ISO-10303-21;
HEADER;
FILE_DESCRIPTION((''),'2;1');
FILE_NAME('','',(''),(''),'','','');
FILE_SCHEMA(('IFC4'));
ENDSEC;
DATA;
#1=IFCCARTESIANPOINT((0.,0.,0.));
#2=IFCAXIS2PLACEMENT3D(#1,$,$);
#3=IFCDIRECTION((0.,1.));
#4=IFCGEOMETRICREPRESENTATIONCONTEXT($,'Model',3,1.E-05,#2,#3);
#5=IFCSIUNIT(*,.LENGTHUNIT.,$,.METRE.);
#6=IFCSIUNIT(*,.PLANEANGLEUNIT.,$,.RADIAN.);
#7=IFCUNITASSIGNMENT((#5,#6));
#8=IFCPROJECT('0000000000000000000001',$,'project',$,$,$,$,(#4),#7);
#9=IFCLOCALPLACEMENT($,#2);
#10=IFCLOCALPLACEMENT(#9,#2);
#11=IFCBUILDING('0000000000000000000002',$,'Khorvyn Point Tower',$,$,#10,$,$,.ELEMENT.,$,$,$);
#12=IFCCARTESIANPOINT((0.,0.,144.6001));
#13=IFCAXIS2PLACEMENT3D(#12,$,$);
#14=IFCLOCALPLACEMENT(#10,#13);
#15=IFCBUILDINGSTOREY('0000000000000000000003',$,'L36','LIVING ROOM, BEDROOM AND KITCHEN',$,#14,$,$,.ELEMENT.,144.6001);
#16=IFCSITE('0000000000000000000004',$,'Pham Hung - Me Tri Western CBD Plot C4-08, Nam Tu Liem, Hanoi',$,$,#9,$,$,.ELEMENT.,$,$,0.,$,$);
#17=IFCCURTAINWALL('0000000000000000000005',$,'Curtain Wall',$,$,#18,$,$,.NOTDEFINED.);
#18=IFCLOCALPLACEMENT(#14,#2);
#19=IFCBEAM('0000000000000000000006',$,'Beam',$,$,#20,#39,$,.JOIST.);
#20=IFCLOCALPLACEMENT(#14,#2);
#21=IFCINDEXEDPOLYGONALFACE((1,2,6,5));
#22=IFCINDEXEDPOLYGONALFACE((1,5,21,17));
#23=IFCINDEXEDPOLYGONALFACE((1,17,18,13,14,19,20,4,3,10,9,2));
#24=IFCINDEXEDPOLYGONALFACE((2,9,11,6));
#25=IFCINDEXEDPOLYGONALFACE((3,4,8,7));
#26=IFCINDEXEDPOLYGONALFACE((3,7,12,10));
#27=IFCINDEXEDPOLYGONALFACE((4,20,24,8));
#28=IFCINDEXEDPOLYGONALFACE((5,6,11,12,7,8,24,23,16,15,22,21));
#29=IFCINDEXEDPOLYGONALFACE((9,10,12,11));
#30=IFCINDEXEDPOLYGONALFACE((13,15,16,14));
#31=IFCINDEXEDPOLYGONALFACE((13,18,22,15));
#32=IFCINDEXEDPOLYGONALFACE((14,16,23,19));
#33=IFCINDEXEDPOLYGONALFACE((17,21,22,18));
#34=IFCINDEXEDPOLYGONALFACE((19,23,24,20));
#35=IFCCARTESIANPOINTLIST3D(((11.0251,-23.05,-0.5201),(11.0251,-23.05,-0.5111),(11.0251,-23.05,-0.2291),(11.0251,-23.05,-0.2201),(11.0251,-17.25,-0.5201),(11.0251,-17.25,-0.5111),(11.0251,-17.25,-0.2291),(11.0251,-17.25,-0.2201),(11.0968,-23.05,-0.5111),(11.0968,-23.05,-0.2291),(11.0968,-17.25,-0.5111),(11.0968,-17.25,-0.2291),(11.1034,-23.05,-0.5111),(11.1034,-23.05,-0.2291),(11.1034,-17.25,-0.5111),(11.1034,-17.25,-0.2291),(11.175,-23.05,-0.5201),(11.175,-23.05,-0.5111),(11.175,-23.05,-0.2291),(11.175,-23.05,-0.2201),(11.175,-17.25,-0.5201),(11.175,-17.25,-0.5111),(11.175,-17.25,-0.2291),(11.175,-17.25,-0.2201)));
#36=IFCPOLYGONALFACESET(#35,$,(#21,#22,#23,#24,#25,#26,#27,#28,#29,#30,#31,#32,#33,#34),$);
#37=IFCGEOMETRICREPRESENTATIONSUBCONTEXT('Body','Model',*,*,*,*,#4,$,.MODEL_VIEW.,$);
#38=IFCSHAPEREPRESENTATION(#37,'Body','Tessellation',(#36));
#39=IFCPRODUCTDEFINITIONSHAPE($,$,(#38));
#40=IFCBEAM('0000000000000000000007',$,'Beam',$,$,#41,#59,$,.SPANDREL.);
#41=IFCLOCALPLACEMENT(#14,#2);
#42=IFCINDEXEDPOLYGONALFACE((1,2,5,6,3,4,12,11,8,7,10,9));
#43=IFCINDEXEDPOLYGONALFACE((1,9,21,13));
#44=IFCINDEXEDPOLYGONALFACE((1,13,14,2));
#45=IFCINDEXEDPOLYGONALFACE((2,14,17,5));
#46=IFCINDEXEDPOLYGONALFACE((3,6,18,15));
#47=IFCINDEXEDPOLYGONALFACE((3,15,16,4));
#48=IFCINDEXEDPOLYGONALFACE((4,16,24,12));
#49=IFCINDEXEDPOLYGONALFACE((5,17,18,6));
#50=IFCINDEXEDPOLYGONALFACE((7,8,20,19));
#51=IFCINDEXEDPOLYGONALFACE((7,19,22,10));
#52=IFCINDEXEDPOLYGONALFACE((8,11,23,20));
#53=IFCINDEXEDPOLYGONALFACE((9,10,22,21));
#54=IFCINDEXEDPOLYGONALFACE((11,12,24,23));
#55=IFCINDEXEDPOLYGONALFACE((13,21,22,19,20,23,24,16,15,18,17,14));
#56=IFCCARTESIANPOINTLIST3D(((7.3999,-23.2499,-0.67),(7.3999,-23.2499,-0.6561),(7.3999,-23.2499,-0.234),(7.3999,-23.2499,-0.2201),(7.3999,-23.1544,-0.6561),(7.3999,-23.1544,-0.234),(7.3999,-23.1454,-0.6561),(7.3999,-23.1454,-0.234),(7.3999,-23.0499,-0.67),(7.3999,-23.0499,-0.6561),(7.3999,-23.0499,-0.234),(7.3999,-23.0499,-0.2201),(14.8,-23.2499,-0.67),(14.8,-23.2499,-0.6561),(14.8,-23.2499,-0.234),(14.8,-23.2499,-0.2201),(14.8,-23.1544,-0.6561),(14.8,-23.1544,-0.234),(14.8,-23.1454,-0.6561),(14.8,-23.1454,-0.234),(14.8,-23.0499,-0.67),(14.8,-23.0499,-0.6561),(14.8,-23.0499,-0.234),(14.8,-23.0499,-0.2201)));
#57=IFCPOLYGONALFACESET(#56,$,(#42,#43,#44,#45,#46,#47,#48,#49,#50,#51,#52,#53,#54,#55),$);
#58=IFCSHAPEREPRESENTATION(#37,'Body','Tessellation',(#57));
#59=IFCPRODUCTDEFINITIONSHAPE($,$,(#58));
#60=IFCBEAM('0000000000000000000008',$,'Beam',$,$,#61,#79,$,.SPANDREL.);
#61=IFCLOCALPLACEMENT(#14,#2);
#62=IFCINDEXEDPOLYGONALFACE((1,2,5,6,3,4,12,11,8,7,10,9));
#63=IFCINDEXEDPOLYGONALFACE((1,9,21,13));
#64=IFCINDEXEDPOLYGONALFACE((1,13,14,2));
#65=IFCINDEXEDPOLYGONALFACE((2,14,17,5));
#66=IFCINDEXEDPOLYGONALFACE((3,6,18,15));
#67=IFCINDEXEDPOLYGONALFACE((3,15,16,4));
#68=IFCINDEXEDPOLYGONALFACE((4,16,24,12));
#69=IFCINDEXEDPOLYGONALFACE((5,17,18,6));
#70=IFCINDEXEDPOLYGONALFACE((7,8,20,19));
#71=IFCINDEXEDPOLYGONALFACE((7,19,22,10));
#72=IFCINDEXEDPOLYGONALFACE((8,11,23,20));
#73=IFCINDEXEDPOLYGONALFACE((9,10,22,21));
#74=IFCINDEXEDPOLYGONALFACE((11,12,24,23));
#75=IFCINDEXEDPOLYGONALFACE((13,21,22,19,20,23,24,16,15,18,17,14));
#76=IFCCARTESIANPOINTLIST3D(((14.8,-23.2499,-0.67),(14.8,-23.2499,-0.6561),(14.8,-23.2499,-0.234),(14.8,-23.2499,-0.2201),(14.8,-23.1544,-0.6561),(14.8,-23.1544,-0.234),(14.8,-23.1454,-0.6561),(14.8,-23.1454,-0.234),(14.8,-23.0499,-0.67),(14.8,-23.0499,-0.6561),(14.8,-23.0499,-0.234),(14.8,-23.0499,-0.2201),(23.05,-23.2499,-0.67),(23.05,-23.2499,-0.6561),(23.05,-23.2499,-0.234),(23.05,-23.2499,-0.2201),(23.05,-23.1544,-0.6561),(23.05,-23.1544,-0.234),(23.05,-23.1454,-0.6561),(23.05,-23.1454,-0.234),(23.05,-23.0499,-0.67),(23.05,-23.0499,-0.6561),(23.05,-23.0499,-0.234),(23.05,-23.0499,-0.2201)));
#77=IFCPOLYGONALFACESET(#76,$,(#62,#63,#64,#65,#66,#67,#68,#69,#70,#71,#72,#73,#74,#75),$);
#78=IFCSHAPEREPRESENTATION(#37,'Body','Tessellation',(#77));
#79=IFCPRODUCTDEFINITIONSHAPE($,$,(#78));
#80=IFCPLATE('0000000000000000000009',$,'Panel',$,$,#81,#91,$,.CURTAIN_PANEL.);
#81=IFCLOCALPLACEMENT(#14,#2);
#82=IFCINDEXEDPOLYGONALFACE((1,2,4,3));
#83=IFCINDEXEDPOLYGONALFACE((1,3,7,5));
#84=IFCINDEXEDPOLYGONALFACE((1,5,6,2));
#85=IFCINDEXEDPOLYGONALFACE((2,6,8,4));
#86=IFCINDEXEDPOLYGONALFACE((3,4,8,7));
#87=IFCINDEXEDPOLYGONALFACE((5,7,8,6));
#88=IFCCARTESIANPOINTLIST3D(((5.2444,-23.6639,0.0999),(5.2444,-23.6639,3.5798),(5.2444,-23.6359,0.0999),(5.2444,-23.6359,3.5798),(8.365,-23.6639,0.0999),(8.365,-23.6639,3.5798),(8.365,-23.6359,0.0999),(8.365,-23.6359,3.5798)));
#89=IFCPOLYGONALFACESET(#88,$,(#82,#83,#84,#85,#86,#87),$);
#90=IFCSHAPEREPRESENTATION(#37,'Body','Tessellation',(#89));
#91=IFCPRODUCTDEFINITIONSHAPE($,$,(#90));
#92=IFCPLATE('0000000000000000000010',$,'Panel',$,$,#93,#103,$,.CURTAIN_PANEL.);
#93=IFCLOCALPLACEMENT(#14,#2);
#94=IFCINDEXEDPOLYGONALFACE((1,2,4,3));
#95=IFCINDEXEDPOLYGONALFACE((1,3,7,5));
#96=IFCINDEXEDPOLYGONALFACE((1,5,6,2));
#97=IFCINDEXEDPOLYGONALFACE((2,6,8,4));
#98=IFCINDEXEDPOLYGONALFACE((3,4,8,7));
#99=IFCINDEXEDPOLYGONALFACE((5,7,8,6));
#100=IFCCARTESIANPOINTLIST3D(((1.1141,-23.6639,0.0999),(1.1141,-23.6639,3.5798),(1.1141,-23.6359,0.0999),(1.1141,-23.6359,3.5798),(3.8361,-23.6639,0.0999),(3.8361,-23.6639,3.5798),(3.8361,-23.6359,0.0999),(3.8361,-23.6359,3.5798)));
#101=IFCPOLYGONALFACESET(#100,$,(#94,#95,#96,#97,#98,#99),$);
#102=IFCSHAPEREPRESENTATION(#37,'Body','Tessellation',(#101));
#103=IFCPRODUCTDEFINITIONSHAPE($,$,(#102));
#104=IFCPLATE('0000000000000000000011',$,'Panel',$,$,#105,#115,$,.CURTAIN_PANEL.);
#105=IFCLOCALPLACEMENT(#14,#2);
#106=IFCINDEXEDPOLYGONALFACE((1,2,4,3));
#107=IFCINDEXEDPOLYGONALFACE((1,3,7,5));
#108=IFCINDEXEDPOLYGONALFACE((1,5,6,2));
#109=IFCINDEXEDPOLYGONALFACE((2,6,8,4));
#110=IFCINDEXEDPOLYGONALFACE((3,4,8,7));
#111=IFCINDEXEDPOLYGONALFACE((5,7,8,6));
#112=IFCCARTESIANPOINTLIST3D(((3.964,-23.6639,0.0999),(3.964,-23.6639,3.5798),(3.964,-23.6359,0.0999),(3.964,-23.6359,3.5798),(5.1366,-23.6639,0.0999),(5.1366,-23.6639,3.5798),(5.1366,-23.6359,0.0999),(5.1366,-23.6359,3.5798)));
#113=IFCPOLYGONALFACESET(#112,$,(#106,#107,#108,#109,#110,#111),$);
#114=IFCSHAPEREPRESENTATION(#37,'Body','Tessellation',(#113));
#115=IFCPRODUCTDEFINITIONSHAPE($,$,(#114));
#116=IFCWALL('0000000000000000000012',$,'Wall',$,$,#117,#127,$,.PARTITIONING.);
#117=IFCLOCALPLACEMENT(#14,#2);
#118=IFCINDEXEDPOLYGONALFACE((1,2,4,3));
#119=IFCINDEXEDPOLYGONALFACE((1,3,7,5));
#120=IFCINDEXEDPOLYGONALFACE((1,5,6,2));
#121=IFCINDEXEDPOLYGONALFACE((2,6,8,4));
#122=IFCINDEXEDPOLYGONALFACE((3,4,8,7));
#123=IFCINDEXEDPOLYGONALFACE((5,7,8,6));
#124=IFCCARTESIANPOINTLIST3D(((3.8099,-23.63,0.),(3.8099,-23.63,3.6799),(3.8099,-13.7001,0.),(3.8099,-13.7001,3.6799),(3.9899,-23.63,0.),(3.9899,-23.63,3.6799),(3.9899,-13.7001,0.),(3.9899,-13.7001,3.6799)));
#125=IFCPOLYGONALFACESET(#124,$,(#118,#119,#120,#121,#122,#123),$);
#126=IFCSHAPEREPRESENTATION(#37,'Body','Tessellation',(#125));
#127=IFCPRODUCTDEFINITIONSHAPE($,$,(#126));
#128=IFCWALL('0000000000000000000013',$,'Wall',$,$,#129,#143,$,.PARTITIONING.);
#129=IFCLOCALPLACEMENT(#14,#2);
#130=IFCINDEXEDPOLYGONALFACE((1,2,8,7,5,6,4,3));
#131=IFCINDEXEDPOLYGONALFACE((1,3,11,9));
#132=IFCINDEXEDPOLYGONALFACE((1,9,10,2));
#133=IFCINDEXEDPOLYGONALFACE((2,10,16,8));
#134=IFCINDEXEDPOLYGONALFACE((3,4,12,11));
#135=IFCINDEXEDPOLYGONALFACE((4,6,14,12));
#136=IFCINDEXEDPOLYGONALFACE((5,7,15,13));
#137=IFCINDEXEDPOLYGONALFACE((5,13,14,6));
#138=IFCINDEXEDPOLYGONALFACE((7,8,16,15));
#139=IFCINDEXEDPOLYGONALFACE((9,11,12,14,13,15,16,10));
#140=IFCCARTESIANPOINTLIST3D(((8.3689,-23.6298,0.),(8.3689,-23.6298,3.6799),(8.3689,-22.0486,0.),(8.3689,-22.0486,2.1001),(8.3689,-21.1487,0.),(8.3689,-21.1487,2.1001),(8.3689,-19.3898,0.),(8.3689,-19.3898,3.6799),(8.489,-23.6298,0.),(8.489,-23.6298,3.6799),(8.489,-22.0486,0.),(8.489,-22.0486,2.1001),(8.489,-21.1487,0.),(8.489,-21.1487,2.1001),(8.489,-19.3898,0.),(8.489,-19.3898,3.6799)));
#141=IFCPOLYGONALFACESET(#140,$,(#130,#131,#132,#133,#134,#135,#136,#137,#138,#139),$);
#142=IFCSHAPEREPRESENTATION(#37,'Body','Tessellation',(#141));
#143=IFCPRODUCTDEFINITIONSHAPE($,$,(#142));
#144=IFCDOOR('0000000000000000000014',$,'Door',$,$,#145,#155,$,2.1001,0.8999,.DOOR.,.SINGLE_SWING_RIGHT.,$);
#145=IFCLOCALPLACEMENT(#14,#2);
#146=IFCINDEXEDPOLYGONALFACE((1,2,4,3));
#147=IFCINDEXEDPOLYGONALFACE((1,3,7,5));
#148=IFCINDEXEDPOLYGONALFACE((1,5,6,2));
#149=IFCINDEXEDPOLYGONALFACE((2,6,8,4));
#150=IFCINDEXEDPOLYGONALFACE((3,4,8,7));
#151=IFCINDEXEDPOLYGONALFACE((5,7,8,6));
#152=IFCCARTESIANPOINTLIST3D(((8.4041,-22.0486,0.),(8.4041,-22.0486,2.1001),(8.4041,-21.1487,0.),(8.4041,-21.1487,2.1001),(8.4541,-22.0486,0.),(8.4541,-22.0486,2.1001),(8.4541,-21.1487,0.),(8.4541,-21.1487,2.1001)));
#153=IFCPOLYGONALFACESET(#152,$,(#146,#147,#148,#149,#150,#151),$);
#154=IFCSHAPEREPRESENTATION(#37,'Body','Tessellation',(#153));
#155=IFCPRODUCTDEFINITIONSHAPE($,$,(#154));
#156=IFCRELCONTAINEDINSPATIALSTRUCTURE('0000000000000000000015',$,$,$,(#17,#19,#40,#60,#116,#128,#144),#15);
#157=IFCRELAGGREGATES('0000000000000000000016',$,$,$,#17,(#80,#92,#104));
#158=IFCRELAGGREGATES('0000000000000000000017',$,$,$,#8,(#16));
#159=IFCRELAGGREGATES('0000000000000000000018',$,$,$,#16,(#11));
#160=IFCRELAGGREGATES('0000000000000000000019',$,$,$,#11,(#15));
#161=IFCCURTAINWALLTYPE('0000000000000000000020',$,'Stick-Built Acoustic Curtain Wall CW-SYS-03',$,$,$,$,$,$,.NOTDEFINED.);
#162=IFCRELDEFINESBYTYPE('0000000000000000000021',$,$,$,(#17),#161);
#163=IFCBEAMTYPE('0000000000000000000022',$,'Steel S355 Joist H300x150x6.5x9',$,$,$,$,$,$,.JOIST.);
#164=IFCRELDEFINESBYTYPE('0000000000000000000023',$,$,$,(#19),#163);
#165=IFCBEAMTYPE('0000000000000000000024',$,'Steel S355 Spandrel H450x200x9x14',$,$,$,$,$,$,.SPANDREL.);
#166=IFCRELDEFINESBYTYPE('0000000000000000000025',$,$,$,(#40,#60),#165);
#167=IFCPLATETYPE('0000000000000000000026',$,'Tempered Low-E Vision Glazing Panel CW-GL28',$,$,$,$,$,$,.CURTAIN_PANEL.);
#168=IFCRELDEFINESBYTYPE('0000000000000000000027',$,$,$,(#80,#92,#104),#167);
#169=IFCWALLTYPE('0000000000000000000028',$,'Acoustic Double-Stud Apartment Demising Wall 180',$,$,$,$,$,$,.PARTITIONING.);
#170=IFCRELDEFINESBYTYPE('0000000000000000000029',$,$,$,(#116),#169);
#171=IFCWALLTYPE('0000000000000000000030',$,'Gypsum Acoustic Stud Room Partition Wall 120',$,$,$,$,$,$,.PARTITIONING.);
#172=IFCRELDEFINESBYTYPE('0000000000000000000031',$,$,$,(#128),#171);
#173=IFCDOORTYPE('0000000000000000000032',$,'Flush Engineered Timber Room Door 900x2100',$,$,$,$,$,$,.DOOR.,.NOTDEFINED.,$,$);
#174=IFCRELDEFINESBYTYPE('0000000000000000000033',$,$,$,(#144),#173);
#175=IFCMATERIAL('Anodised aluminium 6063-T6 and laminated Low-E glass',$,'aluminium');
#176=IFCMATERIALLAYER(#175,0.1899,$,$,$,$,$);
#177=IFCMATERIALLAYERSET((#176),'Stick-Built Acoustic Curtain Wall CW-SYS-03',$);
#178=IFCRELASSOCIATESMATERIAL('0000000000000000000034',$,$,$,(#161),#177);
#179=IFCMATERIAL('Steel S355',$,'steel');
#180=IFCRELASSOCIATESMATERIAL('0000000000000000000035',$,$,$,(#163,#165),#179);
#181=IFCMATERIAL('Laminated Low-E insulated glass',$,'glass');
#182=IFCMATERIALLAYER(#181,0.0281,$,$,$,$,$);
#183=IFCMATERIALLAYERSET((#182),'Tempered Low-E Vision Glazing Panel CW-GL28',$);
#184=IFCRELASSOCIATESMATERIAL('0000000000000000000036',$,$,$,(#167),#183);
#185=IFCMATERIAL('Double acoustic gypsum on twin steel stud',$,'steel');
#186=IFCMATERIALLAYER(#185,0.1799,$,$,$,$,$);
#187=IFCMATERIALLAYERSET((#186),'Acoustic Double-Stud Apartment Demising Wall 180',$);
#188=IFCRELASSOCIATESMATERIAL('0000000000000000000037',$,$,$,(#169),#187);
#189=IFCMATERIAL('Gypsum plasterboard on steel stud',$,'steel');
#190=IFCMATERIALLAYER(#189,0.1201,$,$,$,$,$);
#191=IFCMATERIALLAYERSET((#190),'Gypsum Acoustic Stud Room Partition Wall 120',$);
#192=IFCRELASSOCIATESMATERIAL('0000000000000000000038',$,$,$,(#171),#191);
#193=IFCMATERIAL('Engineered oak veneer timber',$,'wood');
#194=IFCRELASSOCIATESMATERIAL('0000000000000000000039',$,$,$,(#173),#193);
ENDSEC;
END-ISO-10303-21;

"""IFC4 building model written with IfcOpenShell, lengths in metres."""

from ifc_helpers import new_model, si_unit, direction, frame, frame_2d, origin, origin_2d, place, context, subcontext, project, spatial, rectangle, i_section, extrude, material, layer, layer_set, material_profile, profile_set, type_object, element, fill, aggregate, save


model = new_model("IFC4")

# Units and contexts
model_context = context("Model", 3, precision=1e-05, world=origin(), true_north=direction((0.0, 1.0)))
body_context = subcontext(model_context, "Body", "Model", "MODEL_VIEW")
ifc_project = project(units=[si_unit("LENGTHUNIT", "METRE"), si_unit("PLANEANGLEUNIT", "RADIAN")], contexts=[model_context])

# Site, building, storey
site_placement = place(None, origin())
site = spatial("IfcSite", under=ifc_project, at=site_placement, Name="Pham Hung - Me Tri Western CBD Plot C4-08, Nam Tu Liem, Hanoi", CompositionType="ELEMENT", RefElevation=0.0)
building_placement = place(site_placement, origin())
building = spatial("IfcBuilding", under=site, at=building_placement, Name="Khorvyn Point Tower", CompositionType="ELEMENT")
storey_placement = place(building_placement, frame((0.0, 0.0, 144.6001)))
storey = spatial("IfcBuildingStorey", under=building, at=storey_placement, Name="L36", Description="LIVING ROOM, BEDROOM AND KITCHEN", CompositionType="ELEMENT", Elevation=144.6001)

# Curtain wall
ifc_material_1 = material(Name="Anodised aluminium 6063-T6 and laminated Low-E glass", Category="aluminium")
ifc_layer_1 = layer(ifc_material_1, 0.1899)
ifc_layer_set_1 = layer_set([ifc_layer_1], Name="Stick-Built Acoustic Curtain Wall CW-SYS-03")
curtain_wall_type = type_object("IfcCurtainWallType", Name="Stick-Built Acoustic Curtain Wall CW-SYS-03", PredefinedType="NOTDEFINED", material=ifc_layer_set_1)
curtain_wall_placement = place(storey_placement, origin())
curtain_wall = element("IfcCurtainWall", 1, at=curtain_wall_placement, inside=storey, type_object=curtain_wall_type, Name="Curtain Wall", PredefinedType="NOTDEFINED")

# Beams
ifc_material_2 = material(Name="Steel S355", Category="steel")
ifc_material_profile_1 = material_profile(ifc_material_2, i_section(OverallWidth=0.1499, OverallDepth=0.3, WebThickness=0.0066, FlangeThickness=0.009, at=origin_2d()))
ifc_profile_set_1 = profile_set([ifc_material_profile_1], Name="Steel S355 H300x150x6.5x9")
beam_type_1 = type_object("IfcBeamType", Name="Steel S355 Joist H300x150x6.5x9", PredefinedType="JOIST", material=ifc_profile_set_1)
beam_1_placement = place(storey_placement, frame((11.1001, -23.05, -0.3701), z_axis=(0.0, 1.0, 0.0), x_axis=(-1.0, 0.0, 0.0)))
element("IfcBeam", 2, at=beam_1_placement, inside=storey, type_object=beam_type_1, Name="Beam", PredefinedType="JOIST", context=body_context, shape_type="SweptSolid", body=[
    extrude(i_section(OverallWidth=0.1499, OverallDepth=0.3, WebThickness=0.0066, FlangeThickness=0.009, at=origin_2d()), origin(), (0.0, 0.0, 1.0), 5.8),
])
ifc_material_profile_2 = material_profile(ifc_material_2, i_section(OverallWidth=0.2, OverallDepth=0.45, WebThickness=0.009, FlangeThickness=0.0139, at=origin_2d()))
ifc_profile_set_2 = profile_set([ifc_material_profile_2], Name="Steel S355 H450x200x9x14")
beam_type_2 = type_object("IfcBeamType", Name="Steel S355 Spandrel H450x200x9x14", PredefinedType="SPANDREL", material=ifc_profile_set_2)
beam_2_placement = place(storey_placement, frame((7.3999, -23.1499, -0.4451), z_axis=(1.0, 0.0, 0.0), x_axis=(0.0, 1.0, 0.0)))
element("IfcBeam", 3, at=beam_2_placement, inside=storey, type_object=beam_type_2, Name="Beam", PredefinedType="SPANDREL", context=body_context, shape_type="SweptSolid", body=[
    extrude(i_section(OverallWidth=0.2, OverallDepth=0.45, WebThickness=0.009, FlangeThickness=0.0139, at=origin_2d()), origin(), (0.0, 0.0, 1.0), 7.4001),
])
beam_3_placement = place(storey_placement, frame((14.8, -23.1499, -0.4451), z_axis=(1.0, 0.0, 0.0), x_axis=(0.0, 1.0, 0.0)))
element("IfcBeam", 4, at=beam_3_placement, inside=storey, type_object=beam_type_2, Name="Beam", PredefinedType="SPANDREL", context=body_context, shape_type="SweptSolid", body=[
    extrude(i_section(OverallWidth=0.2, OverallDepth=0.45, WebThickness=0.009, FlangeThickness=0.0139, at=origin_2d()), origin(), (0.0, 0.0, 1.0), 8.25),
])

# Plates
ifc_material_3 = material(Name="Laminated Low-E insulated glass", Category="glass")
ifc_layer_2 = layer(ifc_material_3, 0.0281)
ifc_layer_set_2 = layer_set([ifc_layer_2], Name="Tempered Low-E Vision Glazing Panel CW-GL28")
plate_type = type_object("IfcPlateType", Name="Tempered Low-E Vision Glazing Panel CW-GL28", PredefinedType="CURTAIN_PANEL", material=ifc_layer_set_2)
plate_1_placement = place(storey_placement, frame((6.8047, -23.6499, 0.0999), z_axis=(0.0, 0.0, 1.0), x_axis=(-1.0, 0.0, 0.0)))
plate_1 = element("IfcPlate", 5, at=plate_1_placement, type_object=plate_type, Name="Panel", PredefinedType="CURTAIN_PANEL", context=body_context, shape_type="SweptSolid", body=[
    extrude(rectangle(XDim=3.1206, YDim=0.0281, at=origin_2d()), origin(), (0.0, 0.0, 1.0), 3.48),
])
plate_2_placement = place(storey_placement, frame((2.4751, -23.6499, 0.0999), z_axis=(0.0, 0.0, 1.0), x_axis=(-1.0, 0.0, 0.0)))
plate_2 = element("IfcPlate", 6, at=plate_2_placement, type_object=plate_type, Name="Panel", PredefinedType="CURTAIN_PANEL", context=body_context, shape_type="SweptSolid", body=[
    extrude(rectangle(XDim=2.7219, YDim=0.0281, at=origin_2d()), origin(), (0.0, 0.0, 1.0), 3.48),
])
plate_3_placement = place(storey_placement, frame((4.5503, -23.6499, 0.0999), z_axis=(0.0, 0.0, 1.0), x_axis=(-1.0, 0.0, 0.0)))
plate_3 = element("IfcPlate", 7, at=plate_3_placement, type_object=plate_type, Name="Panel", PredefinedType="CURTAIN_PANEL", context=body_context, shape_type="SweptSolid", body=[
    extrude(rectangle(XDim=1.1726, YDim=0.0281, at=origin_2d()), origin(), (0.0, 0.0, 1.0), 3.48),
])
aggregate(curtain_wall, [plate_1, plate_2, plate_3])

# Wall
ifc_material_4 = material(Name="Double acoustic gypsum on twin steel stud", Category="steel")
ifc_layer_3 = layer(ifc_material_4, 0.1799)
ifc_layer_set_3 = layer_set([ifc_layer_3], Name="Acoustic Double-Stud Apartment Demising Wall 180")
wall_type_1 = type_object("IfcWallType", Name="Acoustic Double-Stud Apartment Demising Wall 180", PredefinedType="PARTITIONING", material=ifc_layer_set_3)
wall_1_placement = place(storey_placement, frame((3.8999, -23.6299, 0.0), z_axis=(0.0, 0.0, 1.0), x_axis=(0.0, 1.0, 0.0)))
element("IfcWall", 8, at=wall_1_placement, inside=storey, type_object=wall_type_1, Name="Wall", PredefinedType="PARTITIONING", context=body_context, shape_type="SweptSolid", body=[
    extrude(rectangle(XDim=9.9299, YDim=0.1799, at=frame_2d((4.9648, 0.0))), origin(), (0.0, 0.0, 1.0), 3.6799),
])

# Wall, opening, door
ifc_material_5 = material(Name="Gypsum plasterboard on steel stud", Category="steel")
ifc_layer_4 = layer(ifc_material_5, 0.1201)
ifc_layer_set_4 = layer_set([ifc_layer_4], Name="Gypsum Acoustic Stud Room Partition Wall 120")
wall_type_2 = type_object("IfcWallType", Name="Gypsum Acoustic Stud Room Partition Wall 120", PredefinedType="PARTITIONING", material=ifc_layer_set_4)
wall_2_placement = place(storey_placement, frame((8.429, -23.6299, 0.0), z_axis=(0.0, 0.0, 1.0), x_axis=(0.0, 1.0, 0.0)))
wall_2 = element("IfcWall", 9, at=wall_2_placement, inside=storey, type_object=wall_type_2, Name="Wall", PredefinedType="PARTITIONING", context=body_context, shape_type="SweptSolid", body=[
    extrude(rectangle(XDim=4.24, YDim=0.1201, at=frame_2d((2.1201, 0.0))), origin(), (0.0, 0.0, 1.0), 3.6799),
])
opening_1_placement = place(wall_2_placement, frame((1.5813, 0.0, 0.0)))
opening_1 = element("IfcOpeningElement", 10, at=opening_1_placement, cuts=wall_2, PredefinedType="OPENING", context=body_context, shape_type="SweptSolid", body=[
    extrude(rectangle(XDim=0.8999, YDim=2.1001, at=frame_2d((0.45, 1.05))), frame((0.0, 0.0701, 0.0), z_axis=(0.0, -1.0, 0.0), x_axis=(1.0, 0.0, 0.0)), (0.0, 0.0, 1.0), 0.1401),
])
ifc_material_6 = material(Name="Engineered oak veneer timber", Category="wood")
door_type_1 = type_object("IfcDoorType", Name="Flush Engineered Timber Room Door 900x2100", OperationType="NOTDEFINED", PredefinedType="DOOR", material=ifc_material_6)
door_1_placement = place(opening_1_placement, origin())
door_1 = element("IfcDoor", 11, at=door_1_placement, inside=storey, type_object=door_type_1, Name="Door", OperationType="SINGLE_SWING_RIGHT", OverallHeight=2.1001, OverallWidth=0.8999, PredefinedType="DOOR", context=body_context, shape_type="SweptSolid", body=[
    extrude(rectangle(XDim=0.8999, YDim=2.1001, at=frame_2d((0.45, 1.05))), frame((0.0, 0.0249, 0.0), z_axis=(0.0, -1.0, 0.0), x_axis=(1.0, 0.0, 0.0)), (0.0, 0.0, 1.0), 0.05),
])
fill(opening_1, door_1)

save(model, "model.ifc")
